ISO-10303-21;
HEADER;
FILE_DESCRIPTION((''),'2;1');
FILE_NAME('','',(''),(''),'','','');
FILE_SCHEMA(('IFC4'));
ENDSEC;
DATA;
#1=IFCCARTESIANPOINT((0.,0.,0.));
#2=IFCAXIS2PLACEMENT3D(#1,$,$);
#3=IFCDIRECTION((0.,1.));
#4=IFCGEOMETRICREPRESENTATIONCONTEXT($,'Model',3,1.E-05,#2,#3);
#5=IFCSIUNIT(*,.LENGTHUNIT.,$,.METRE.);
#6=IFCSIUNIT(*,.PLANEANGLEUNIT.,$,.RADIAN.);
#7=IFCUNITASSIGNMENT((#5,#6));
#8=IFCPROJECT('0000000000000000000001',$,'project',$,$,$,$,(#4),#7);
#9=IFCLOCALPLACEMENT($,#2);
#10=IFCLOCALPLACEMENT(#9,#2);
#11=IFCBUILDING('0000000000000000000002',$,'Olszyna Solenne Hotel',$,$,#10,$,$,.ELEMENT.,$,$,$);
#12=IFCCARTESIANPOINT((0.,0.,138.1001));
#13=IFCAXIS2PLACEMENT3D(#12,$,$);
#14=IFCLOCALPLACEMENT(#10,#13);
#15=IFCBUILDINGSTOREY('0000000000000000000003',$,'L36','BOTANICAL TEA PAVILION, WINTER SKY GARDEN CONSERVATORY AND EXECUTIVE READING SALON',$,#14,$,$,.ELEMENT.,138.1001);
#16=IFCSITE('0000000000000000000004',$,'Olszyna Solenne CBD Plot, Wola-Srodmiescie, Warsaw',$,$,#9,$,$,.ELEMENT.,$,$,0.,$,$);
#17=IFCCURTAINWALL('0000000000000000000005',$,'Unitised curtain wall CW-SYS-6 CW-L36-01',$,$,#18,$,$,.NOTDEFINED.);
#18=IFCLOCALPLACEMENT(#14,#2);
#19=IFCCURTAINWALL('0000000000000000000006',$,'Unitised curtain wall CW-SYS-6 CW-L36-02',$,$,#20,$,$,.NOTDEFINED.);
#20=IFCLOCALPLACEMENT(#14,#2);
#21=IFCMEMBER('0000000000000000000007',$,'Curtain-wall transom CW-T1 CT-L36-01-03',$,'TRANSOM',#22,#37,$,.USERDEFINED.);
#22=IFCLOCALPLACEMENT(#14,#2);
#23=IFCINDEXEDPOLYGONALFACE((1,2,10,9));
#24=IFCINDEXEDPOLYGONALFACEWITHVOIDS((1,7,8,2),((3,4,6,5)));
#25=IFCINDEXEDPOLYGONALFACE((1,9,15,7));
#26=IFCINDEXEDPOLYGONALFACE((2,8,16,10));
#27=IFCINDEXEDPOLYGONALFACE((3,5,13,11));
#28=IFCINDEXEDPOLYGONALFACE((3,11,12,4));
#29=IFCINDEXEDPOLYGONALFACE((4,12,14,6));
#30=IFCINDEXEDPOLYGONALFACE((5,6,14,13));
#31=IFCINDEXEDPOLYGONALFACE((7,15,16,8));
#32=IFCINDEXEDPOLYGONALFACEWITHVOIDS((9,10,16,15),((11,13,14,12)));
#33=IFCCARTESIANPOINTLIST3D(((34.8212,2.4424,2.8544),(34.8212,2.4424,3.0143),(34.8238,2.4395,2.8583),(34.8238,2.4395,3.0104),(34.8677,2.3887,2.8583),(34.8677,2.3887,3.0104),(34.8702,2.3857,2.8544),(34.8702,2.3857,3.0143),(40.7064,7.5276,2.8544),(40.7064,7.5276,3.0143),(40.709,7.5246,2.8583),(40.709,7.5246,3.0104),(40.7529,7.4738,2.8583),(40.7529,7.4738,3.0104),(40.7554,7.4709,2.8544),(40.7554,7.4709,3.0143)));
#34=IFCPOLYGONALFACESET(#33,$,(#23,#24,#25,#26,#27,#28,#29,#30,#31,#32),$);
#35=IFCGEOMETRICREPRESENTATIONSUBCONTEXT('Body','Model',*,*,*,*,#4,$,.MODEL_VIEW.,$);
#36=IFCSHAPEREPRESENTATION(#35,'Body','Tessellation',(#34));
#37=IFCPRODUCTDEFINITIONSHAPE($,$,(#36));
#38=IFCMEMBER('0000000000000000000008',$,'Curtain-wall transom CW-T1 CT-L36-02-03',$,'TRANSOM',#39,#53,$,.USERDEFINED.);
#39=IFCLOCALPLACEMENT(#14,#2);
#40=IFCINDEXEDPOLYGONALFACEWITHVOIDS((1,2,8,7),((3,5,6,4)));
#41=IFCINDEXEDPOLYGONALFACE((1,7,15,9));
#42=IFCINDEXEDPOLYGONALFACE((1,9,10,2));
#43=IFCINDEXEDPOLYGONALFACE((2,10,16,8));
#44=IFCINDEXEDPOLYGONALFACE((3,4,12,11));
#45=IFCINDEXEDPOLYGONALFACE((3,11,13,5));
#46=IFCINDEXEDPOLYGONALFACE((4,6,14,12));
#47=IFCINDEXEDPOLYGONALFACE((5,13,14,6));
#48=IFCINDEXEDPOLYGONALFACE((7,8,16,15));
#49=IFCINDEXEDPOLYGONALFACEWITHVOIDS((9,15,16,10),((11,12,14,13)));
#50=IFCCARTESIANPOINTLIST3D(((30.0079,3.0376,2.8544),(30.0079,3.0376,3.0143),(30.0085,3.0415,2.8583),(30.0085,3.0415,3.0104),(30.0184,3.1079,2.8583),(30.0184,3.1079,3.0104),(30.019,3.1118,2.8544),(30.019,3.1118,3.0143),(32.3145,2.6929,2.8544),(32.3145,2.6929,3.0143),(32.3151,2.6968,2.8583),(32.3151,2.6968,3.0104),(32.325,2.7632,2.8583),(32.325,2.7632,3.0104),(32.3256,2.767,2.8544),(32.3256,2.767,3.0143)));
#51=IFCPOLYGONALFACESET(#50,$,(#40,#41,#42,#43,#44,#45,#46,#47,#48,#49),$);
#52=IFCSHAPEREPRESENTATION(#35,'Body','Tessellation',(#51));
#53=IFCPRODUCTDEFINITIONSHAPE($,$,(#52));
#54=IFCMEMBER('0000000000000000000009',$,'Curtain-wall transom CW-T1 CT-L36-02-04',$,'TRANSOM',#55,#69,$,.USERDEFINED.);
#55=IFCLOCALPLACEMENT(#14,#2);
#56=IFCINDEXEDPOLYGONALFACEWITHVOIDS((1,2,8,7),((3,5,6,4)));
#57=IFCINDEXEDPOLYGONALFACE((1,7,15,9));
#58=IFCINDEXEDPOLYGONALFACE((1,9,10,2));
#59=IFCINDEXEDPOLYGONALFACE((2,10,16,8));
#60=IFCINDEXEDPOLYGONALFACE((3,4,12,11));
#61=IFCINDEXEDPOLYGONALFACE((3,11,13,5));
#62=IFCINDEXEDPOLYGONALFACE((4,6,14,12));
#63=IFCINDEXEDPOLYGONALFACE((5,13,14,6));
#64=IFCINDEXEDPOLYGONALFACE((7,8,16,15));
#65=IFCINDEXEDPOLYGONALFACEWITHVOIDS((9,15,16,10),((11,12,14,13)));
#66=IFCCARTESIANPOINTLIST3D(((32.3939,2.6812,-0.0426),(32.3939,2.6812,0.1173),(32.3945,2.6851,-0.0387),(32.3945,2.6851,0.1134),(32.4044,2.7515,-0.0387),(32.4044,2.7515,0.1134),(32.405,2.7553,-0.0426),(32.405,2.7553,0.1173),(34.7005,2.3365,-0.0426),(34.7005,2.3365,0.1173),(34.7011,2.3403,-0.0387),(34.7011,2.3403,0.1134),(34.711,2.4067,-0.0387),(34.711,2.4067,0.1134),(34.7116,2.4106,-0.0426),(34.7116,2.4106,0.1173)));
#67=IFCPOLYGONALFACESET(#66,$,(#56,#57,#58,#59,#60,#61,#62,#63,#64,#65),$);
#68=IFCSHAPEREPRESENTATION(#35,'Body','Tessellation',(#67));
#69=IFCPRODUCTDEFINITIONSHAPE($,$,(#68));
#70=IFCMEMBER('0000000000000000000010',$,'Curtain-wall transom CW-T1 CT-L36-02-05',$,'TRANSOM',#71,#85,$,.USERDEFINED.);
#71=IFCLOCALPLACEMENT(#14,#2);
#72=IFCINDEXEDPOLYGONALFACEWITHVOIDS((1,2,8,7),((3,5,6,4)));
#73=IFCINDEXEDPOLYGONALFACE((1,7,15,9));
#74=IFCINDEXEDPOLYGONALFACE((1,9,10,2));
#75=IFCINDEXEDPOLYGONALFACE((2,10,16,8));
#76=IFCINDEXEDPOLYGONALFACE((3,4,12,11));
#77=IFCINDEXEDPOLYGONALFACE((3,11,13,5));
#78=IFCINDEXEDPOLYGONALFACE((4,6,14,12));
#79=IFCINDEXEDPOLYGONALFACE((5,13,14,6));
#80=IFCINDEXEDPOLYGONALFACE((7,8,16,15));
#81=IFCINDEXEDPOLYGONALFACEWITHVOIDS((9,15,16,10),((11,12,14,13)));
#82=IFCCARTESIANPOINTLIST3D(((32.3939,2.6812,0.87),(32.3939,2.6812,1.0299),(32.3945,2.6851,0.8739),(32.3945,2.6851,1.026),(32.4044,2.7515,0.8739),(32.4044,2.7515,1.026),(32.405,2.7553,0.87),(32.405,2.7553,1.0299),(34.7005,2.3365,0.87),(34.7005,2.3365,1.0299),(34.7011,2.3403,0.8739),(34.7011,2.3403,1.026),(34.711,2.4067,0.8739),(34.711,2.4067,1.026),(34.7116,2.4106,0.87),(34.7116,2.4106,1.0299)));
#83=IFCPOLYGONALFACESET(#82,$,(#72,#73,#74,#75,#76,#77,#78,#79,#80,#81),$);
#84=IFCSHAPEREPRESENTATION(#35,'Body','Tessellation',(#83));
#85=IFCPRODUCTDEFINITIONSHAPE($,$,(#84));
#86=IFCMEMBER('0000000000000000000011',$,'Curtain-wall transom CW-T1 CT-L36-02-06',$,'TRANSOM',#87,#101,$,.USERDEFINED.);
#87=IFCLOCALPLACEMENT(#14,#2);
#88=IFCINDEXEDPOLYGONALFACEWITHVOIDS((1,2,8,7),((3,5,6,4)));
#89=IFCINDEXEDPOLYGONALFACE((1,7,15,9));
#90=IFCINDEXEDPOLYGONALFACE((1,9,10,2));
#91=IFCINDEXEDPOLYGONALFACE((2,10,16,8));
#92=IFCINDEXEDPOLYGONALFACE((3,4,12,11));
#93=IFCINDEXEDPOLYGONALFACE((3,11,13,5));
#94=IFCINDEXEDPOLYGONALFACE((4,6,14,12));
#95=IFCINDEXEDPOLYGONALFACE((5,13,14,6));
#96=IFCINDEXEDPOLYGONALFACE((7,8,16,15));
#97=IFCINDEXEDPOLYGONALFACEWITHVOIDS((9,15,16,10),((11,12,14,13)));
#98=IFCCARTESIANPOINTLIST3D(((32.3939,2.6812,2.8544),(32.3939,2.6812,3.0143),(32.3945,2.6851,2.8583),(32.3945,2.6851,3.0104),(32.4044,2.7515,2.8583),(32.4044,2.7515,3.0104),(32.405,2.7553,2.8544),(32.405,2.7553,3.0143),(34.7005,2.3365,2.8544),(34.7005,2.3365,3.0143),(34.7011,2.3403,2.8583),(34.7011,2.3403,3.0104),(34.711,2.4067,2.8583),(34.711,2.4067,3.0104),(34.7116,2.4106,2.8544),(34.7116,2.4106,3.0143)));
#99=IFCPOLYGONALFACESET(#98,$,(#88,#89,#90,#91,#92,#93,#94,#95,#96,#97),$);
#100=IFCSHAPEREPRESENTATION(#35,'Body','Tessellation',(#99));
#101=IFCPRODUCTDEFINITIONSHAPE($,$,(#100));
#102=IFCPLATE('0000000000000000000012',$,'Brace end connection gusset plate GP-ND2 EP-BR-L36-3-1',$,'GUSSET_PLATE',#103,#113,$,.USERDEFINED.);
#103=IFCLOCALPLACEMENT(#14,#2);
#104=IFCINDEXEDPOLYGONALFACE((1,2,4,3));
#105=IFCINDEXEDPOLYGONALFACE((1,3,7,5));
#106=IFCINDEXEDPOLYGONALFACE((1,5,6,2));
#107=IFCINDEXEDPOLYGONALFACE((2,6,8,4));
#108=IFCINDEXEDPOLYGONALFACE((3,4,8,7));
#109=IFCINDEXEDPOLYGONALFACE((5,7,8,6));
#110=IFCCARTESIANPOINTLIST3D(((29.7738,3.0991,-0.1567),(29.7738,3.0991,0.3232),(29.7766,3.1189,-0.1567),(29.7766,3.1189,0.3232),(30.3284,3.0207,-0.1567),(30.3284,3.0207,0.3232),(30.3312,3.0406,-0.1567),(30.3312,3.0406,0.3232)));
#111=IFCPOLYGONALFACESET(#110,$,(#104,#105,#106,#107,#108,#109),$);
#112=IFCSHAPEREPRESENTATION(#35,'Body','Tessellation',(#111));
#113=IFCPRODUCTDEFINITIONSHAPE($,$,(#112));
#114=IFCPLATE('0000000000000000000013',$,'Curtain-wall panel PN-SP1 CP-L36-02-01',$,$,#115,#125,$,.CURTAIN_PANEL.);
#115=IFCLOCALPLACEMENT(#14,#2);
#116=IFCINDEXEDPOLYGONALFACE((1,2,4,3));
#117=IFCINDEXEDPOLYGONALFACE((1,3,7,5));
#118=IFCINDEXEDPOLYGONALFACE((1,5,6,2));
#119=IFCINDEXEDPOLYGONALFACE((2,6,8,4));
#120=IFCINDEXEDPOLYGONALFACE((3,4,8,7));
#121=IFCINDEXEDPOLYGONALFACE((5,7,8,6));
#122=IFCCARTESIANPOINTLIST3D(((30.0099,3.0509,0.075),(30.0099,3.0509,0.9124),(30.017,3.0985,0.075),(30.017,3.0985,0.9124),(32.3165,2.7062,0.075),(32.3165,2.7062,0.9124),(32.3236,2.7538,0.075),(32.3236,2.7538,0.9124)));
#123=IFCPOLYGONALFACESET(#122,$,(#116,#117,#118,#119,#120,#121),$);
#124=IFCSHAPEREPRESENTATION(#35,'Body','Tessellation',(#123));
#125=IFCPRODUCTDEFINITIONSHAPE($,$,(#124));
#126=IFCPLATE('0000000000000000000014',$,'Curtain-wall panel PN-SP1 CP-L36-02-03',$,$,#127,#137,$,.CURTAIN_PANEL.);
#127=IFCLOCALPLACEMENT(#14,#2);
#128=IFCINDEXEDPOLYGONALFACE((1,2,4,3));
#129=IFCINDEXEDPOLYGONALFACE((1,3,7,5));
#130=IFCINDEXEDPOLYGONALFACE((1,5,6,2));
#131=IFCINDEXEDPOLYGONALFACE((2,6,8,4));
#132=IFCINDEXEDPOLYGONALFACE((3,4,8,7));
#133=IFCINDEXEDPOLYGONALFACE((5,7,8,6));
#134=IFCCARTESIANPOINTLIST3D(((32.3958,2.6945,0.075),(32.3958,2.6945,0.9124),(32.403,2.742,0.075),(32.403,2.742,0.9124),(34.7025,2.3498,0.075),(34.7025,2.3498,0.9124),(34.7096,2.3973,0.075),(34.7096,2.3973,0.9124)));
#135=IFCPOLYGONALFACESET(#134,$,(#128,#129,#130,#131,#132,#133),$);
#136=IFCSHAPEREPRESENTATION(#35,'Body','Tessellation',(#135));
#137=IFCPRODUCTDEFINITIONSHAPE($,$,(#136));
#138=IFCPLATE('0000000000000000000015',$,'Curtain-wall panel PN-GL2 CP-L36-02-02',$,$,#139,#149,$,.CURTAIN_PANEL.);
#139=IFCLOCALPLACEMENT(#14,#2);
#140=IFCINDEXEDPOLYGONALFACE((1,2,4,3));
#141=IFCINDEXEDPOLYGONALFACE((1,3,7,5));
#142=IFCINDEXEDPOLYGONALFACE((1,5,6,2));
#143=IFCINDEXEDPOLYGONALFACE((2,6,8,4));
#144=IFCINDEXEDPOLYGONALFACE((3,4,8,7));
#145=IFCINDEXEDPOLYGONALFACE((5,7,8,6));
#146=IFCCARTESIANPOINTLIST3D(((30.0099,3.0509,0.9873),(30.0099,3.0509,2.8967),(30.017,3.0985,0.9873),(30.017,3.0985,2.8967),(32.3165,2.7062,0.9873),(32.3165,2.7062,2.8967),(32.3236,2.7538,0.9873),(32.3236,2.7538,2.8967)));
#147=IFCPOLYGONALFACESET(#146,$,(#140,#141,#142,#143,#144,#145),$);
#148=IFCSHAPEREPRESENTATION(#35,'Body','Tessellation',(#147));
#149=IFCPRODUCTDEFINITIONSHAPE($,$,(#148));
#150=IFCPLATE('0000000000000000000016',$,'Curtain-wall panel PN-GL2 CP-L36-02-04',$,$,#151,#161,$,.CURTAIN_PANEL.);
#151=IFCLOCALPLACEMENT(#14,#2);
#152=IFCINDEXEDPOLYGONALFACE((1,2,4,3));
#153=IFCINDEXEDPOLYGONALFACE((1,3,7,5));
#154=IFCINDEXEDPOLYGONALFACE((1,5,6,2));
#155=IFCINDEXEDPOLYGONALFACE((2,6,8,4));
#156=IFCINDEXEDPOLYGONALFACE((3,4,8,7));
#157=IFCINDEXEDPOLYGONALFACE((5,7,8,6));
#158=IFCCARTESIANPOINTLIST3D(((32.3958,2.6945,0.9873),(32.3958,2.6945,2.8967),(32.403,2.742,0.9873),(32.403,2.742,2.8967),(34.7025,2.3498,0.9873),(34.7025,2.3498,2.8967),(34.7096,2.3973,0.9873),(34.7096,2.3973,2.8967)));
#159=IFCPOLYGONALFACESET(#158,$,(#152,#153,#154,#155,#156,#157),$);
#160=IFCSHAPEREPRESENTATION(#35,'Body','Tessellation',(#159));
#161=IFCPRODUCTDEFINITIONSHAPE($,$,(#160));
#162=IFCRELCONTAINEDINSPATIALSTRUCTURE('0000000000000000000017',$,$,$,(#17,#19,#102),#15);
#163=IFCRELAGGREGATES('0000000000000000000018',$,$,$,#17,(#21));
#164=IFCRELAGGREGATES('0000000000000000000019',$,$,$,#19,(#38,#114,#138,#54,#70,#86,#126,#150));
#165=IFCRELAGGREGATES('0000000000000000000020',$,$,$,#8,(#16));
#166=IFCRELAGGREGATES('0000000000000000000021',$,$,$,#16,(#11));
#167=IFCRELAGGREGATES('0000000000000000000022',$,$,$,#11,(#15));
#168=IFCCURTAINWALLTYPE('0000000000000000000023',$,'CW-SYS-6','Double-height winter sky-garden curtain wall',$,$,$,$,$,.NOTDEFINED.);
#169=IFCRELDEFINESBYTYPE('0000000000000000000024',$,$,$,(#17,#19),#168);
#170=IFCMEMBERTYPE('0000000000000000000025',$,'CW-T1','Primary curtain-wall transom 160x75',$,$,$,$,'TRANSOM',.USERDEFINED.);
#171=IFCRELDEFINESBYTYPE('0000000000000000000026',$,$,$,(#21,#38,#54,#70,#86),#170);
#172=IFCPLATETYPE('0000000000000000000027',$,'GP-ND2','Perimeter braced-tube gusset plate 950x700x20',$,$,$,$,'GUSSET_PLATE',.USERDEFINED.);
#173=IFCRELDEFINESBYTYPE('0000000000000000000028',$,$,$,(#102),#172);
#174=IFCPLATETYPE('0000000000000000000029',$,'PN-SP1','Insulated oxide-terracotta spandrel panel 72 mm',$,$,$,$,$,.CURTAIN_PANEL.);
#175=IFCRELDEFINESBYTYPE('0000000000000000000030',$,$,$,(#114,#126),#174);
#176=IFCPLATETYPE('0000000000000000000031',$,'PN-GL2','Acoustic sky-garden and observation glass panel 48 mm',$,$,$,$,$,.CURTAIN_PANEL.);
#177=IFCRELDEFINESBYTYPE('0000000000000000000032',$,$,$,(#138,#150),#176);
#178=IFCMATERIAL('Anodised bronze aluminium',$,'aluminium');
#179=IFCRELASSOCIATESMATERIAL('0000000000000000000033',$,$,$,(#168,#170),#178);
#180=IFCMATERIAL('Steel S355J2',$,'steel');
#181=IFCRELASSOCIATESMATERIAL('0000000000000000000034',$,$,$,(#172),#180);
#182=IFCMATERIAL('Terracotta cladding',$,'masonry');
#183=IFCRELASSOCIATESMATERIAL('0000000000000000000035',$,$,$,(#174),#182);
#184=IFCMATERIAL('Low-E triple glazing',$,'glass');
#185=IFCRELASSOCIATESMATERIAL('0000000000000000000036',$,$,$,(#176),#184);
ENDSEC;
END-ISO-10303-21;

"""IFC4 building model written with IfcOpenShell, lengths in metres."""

from ifc_helpers import new_model, si_unit, direction, frame, origin, origin_2d, place, context, subcontext, project, spatial, rectangle, hollow_rectangle, extrude, source, transform, mapped, material, material_profile, profile_set, type_object, element, aggregate, save


model = new_model("IFC4")

# Units and contexts
model_context = context("Model", 3, precision=1e-05, world=origin(), true_north=direction((0.0, 1.0)))
body_context = subcontext(model_context, "Body", "Model", "MODEL_VIEW")
ifc_project = project(units=[si_unit("LENGTHUNIT", "METRE"), si_unit("PLANEANGLEUNIT", "RADIAN")], contexts=[model_context])

# Site, building, storey
site_placement = place(None, origin())
site = spatial("IfcSite", under=ifc_project, at=site_placement, Name="Olszyna Solenne CBD Plot, Wola-Srodmiescie, Warsaw", CompositionType="ELEMENT", RefElevation=0.0)
building_placement = place(site_placement, origin())
building = spatial("IfcBuilding", under=site, at=building_placement, Name="Olszyna Solenne Hotel", CompositionType="ELEMENT")
storey_placement = place(building_placement, frame((0.0, 0.0, 138.1001)))
storey = spatial("IfcBuildingStorey", under=building, at=storey_placement, Name="L36", Description="BOTANICAL TEA PAVILION, WINTER SKY GARDEN CONSERVATORY AND EXECUTIVE READING SALON", CompositionType="ELEMENT", Elevation=138.1001)

# Shared definitions
ifc_material_1 = material(Name="Steel S355J2", Category="steel")

# Curtain wall
ifc_material_2 = material(Name="Anodised bronze aluminium", Category="aluminium")
curtain_wall_type = type_object("IfcCurtainWallType", Name="CW-SYS-6", Description="Double-height winter sky-garden curtain wall", PredefinedType="NOTDEFINED", material=ifc_material_2)
curtain_wall_1_placement = place(storey_placement, origin())
curtain_wall_1 = element("IfcCurtainWall", 1, at=curtain_wall_1_placement, inside=storey, type_object=curtain_wall_type, Name="Unitised curtain wall CW-SYS-6 CW-L36-01", PredefinedType="NOTDEFINED")

# Curtain wall
curtain_wall_2_placement = place(storey_placement, origin())
curtain_wall_2 = element("IfcCurtainWall", 2, at=curtain_wall_2_placement, inside=storey, type_object=curtain_wall_type, Name="Unitised curtain wall CW-SYS-6 CW-L36-02", PredefinedType="NOTDEFINED")

# Members
ifc_material_profile_1 = material_profile(ifc_material_2, hollow_rectangle(XDim=0.075, YDim=0.1599, WallThickness=0.0039, at=origin_2d()), Name="TRAN 160x75x4", Category="load-bearing")
ifc_profile_set_1 = profile_set([ifc_material_profile_1], Name="Anodised bronze aluminium")
member_type_1 = type_object("IfcMemberType", Name="CW-T1", Description="Primary curtain-wall transom 160x75", ElementType="TRANSOM", PredefinedType="USERDEFINED", material=ifc_profile_set_1)
shared_shape_1 = source(origin(), body_context, "Body", "SweptSolid", [
    extrude(hollow_rectangle(XDim=0.075, YDim=0.1599, WallThickness=0.0039, at=origin_2d()), origin(), (0.0, 0.0, 1.0), 7.7778),
])
member_1_placement = place(storey_placement, frame((34.8457, 2.4141, 2.9343), z_axis=(0.756665, 0.653803, 0.0), x_axis=(-0.653803, 0.756665, 0.0)))
member_1 = element("IfcMember", 3, at=member_1_placement, type_object=member_type_1, Name="Curtain-wall transom CW-T1 CT-L36-01-03", ObjectType="TRANSOM", PredefinedType="USERDEFINED", context=body_context, shape_type="MappedRepresentation", body=[
    mapped(shared_shape_1, transform((0.0, 0.0, 0.0), x_axis=(1.0, 0.0, 0.0), y_axis=(0.0, 1.0, 0.0), z_axis=(0.0, 0.0, 1.0), scale=1.0)),
])
aggregate(curtain_wall_1, [member_1])
shared_shape_2 = source(origin(), body_context, "Body", "SweptSolid", [
    extrude(hollow_rectangle(XDim=0.075, YDim=0.1599, WallThickness=0.0039, at=origin_2d()), origin(), (0.0, 0.0, 1.0), 2.3323),
])
member_2_placement = place(storey_placement, frame((30.0134, 3.0747, 2.9343), z_axis=(0.989016, -0.147808, 0.0), x_axis=(0.147808, 0.989016, 0.0)))
member_2 = element("IfcMember", 4, at=member_2_placement, type_object=member_type_1, Name="Curtain-wall transom CW-T1 CT-L36-02-03", ObjectType="TRANSOM", PredefinedType="USERDEFINED", context=body_context, shape_type="MappedRepresentation", body=[
    mapped(shared_shape_2, transform((0.0, 0.0, 0.0), x_axis=(1.0, 0.0, 0.0), y_axis=(0.0, 1.0, 0.0), z_axis=(0.0, 0.0, 1.0), scale=1.0)),
])
member_3_placement = place(storey_placement, frame((32.3994, 2.7183, 0.0374), z_axis=(0.989016, -0.147808, 0.0), x_axis=(0.147808, 0.989016, 0.0)))
member_3 = element("IfcMember", 5, at=member_3_placement, type_object=member_type_1, Name="Curtain-wall transom CW-T1 CT-L36-02-04", ObjectType="TRANSOM", PredefinedType="USERDEFINED", context=body_context, shape_type="MappedRepresentation", body=[
    mapped(shared_shape_2, transform((0.0, 0.0, 0.0), x_axis=(1.0, 0.0, 0.0), y_axis=(0.0, 1.0, 0.0), z_axis=(0.0, 0.0, 1.0), scale=1.0)),
])
member_4_placement = place(storey_placement, frame((32.3994, 2.7183, 0.95), z_axis=(0.989016, -0.147808, 0.0), x_axis=(0.147808, 0.989016, 0.0)))
member_4 = element("IfcMember", 6, at=member_4_placement, type_object=member_type_1, Name="Curtain-wall transom CW-T1 CT-L36-02-05", ObjectType="TRANSOM", PredefinedType="USERDEFINED", context=body_context, shape_type="MappedRepresentation", body=[
    mapped(shared_shape_2, transform((0.0, 0.0, 0.0), x_axis=(1.0, 0.0, 0.0), y_axis=(0.0, 1.0, 0.0), z_axis=(0.0, 0.0, 1.0), scale=1.0)),
])
member_5_placement = place(storey_placement, frame((32.3994, 2.7183, 2.9343), z_axis=(0.989016, -0.147808, 0.0), x_axis=(0.147808, 0.989016, 0.0)))
member_5 = element("IfcMember", 7, at=member_5_placement, type_object=member_type_1, Name="Curtain-wall transom CW-T1 CT-L36-02-06", ObjectType="TRANSOM", PredefinedType="USERDEFINED", context=body_context, shape_type="MappedRepresentation", body=[
    mapped(shared_shape_2, transform((0.0, 0.0, 0.0), x_axis=(1.0, 0.0, 0.0), y_axis=(0.0, 1.0, 0.0), z_axis=(0.0, 0.0, 1.0), scale=1.0)),
])

# Plates
plate_type_1 = type_object("IfcPlateType", Name="GP-ND2", Description="Perimeter braced-tube gusset plate 950x700x20", ElementType="GUSSET_PLATE", PredefinedType="USERDEFINED", material=ifc_material_1)
shared_shape_3 = source(origin(), body_context, "Body", "SweptSolid", [
    extrude(rectangle(XDim=0.5601, YDim=0.02, at=origin_2d()), origin(), (0.0, 0.0, 1.0), 0.48),
])
plate_1_placement = place(storey_placement, frame((30.0525, 3.0698, -0.1567), z_axis=(0.0, 0.0, 1.0), x_axis=(0.990171, -0.139864, 0.0)))
element("IfcPlate", 8, at=plate_1_placement, inside=storey, type_object=plate_type_1, Name="Brace end connection gusset plate GP-ND2 EP-BR-L36-3-1", ObjectType="GUSSET_PLATE", PredefinedType="USERDEFINED", context=body_context, shape_type="MappedRepresentation", body=[
    mapped(shared_shape_3, transform((0.0, 0.0, 0.0), x_axis=(1.0, 0.0, 0.0), y_axis=(0.0, 1.0, 0.0), z_axis=(0.0, 0.0, 1.0), scale=1.0)),
])
ifc_material_3 = material(Name="Terracotta cladding", Category="masonry")
plate_type_2 = type_object("IfcPlateType", Name="PN-SP1", Description="Insulated oxide-terracotta spandrel panel 72 mm", PredefinedType="CURTAIN_PANEL", material=ifc_material_3)
shared_shape_4 = source(origin(), body_context, "Body", "SweptSolid", [
    extrude(rectangle(XDim=2.3323, YDim=0.0481, at=origin_2d()), origin(), (0.0, 0.0, 1.0), 0.8374),
])
plate_2_placement = place(storey_placement, frame((31.1667, 2.9023, 0.075), z_axis=(0.0, 0.0, 1.0), x_axis=(0.989018, -0.147795, 0.0)))
plate_2 = element("IfcPlate", 9, at=plate_2_placement, type_object=plate_type_2, Name="Curtain-wall panel PN-SP1 CP-L36-02-01", PredefinedType="CURTAIN_PANEL", context=body_context, shape_type="MappedRepresentation", body=[
    mapped(shared_shape_4, transform((0.0, 0.0, 0.0), x_axis=(1.0, 0.0, 0.0), y_axis=(0.0, 1.0, 0.0), z_axis=(0.0, 0.0, 1.0), scale=1.0)),
])
plate_3_placement = place(storey_placement, frame((33.5527, 2.5459, 0.075), z_axis=(0.0, 0.0, 1.0), x_axis=(0.989018, -0.147795, 0.0)))
plate_3 = element("IfcPlate", 10, at=plate_3_placement, type_object=plate_type_2, Name="Curtain-wall panel PN-SP1 CP-L36-02-03", PredefinedType="CURTAIN_PANEL", context=body_context, shape_type="MappedRepresentation", body=[
    mapped(shared_shape_4, transform((0.0, 0.0, 0.0), x_axis=(1.0, 0.0, 0.0), y_axis=(0.0, 1.0, 0.0), z_axis=(0.0, 0.0, 1.0), scale=1.0)),
])
ifc_material_4 = material(Name="Low-E triple glazing", Category="glass")
plate_type_3 = type_object("IfcPlateType", Name="PN-GL2", Description="Acoustic sky-garden and observation glass panel 48 mm", PredefinedType="CURTAIN_PANEL", material=ifc_material_4)
shared_shape_5 = source(origin(), body_context, "Body", "SweptSolid", [
    extrude(rectangle(XDim=2.3323, YDim=0.0481, at=origin_2d()), origin(), (0.0, 0.0, 1.0), 1.9094),
])
plate_4_placement = place(storey_placement, frame((31.1667, 2.9023, 0.9873), z_axis=(0.0, 0.0, 1.0), x_axis=(0.989018, -0.147795, 0.0)))
plate_4 = element("IfcPlate", 11, at=plate_4_placement, type_object=plate_type_3, Name="Curtain-wall panel PN-GL2 CP-L36-02-02", PredefinedType="CURTAIN_PANEL", context=body_context, shape_type="MappedRepresentation", body=[
    mapped(shared_shape_5, transform((0.0, 0.0, 0.0), x_axis=(1.0, 0.0, 0.0), y_axis=(0.0, 1.0, 0.0), z_axis=(0.0, 0.0, 1.0), scale=1.0)),
])
plate_5_placement = place(storey_placement, frame((33.5527, 2.5459, 0.9873), z_axis=(0.0, 0.0, 1.0), x_axis=(0.989018, -0.147795, 0.0)))
plate_5 = element("IfcPlate", 12, at=plate_5_placement, type_object=plate_type_3, Name="Curtain-wall panel PN-GL2 CP-L36-02-04", PredefinedType="CURTAIN_PANEL", context=body_context, shape_type="MappedRepresentation", body=[
    mapped(shared_shape_5, transform((0.0, 0.0, 0.0), x_axis=(1.0, 0.0, 0.0), y_axis=(0.0, 1.0, 0.0), z_axis=(0.0, 0.0, 1.0), scale=1.0)),
])
aggregate(curtain_wall_2, [member_2, plate_2, plate_4, member_3, member_4, member_5, plate_3, plate_5])

save(model, "model.ifc")
